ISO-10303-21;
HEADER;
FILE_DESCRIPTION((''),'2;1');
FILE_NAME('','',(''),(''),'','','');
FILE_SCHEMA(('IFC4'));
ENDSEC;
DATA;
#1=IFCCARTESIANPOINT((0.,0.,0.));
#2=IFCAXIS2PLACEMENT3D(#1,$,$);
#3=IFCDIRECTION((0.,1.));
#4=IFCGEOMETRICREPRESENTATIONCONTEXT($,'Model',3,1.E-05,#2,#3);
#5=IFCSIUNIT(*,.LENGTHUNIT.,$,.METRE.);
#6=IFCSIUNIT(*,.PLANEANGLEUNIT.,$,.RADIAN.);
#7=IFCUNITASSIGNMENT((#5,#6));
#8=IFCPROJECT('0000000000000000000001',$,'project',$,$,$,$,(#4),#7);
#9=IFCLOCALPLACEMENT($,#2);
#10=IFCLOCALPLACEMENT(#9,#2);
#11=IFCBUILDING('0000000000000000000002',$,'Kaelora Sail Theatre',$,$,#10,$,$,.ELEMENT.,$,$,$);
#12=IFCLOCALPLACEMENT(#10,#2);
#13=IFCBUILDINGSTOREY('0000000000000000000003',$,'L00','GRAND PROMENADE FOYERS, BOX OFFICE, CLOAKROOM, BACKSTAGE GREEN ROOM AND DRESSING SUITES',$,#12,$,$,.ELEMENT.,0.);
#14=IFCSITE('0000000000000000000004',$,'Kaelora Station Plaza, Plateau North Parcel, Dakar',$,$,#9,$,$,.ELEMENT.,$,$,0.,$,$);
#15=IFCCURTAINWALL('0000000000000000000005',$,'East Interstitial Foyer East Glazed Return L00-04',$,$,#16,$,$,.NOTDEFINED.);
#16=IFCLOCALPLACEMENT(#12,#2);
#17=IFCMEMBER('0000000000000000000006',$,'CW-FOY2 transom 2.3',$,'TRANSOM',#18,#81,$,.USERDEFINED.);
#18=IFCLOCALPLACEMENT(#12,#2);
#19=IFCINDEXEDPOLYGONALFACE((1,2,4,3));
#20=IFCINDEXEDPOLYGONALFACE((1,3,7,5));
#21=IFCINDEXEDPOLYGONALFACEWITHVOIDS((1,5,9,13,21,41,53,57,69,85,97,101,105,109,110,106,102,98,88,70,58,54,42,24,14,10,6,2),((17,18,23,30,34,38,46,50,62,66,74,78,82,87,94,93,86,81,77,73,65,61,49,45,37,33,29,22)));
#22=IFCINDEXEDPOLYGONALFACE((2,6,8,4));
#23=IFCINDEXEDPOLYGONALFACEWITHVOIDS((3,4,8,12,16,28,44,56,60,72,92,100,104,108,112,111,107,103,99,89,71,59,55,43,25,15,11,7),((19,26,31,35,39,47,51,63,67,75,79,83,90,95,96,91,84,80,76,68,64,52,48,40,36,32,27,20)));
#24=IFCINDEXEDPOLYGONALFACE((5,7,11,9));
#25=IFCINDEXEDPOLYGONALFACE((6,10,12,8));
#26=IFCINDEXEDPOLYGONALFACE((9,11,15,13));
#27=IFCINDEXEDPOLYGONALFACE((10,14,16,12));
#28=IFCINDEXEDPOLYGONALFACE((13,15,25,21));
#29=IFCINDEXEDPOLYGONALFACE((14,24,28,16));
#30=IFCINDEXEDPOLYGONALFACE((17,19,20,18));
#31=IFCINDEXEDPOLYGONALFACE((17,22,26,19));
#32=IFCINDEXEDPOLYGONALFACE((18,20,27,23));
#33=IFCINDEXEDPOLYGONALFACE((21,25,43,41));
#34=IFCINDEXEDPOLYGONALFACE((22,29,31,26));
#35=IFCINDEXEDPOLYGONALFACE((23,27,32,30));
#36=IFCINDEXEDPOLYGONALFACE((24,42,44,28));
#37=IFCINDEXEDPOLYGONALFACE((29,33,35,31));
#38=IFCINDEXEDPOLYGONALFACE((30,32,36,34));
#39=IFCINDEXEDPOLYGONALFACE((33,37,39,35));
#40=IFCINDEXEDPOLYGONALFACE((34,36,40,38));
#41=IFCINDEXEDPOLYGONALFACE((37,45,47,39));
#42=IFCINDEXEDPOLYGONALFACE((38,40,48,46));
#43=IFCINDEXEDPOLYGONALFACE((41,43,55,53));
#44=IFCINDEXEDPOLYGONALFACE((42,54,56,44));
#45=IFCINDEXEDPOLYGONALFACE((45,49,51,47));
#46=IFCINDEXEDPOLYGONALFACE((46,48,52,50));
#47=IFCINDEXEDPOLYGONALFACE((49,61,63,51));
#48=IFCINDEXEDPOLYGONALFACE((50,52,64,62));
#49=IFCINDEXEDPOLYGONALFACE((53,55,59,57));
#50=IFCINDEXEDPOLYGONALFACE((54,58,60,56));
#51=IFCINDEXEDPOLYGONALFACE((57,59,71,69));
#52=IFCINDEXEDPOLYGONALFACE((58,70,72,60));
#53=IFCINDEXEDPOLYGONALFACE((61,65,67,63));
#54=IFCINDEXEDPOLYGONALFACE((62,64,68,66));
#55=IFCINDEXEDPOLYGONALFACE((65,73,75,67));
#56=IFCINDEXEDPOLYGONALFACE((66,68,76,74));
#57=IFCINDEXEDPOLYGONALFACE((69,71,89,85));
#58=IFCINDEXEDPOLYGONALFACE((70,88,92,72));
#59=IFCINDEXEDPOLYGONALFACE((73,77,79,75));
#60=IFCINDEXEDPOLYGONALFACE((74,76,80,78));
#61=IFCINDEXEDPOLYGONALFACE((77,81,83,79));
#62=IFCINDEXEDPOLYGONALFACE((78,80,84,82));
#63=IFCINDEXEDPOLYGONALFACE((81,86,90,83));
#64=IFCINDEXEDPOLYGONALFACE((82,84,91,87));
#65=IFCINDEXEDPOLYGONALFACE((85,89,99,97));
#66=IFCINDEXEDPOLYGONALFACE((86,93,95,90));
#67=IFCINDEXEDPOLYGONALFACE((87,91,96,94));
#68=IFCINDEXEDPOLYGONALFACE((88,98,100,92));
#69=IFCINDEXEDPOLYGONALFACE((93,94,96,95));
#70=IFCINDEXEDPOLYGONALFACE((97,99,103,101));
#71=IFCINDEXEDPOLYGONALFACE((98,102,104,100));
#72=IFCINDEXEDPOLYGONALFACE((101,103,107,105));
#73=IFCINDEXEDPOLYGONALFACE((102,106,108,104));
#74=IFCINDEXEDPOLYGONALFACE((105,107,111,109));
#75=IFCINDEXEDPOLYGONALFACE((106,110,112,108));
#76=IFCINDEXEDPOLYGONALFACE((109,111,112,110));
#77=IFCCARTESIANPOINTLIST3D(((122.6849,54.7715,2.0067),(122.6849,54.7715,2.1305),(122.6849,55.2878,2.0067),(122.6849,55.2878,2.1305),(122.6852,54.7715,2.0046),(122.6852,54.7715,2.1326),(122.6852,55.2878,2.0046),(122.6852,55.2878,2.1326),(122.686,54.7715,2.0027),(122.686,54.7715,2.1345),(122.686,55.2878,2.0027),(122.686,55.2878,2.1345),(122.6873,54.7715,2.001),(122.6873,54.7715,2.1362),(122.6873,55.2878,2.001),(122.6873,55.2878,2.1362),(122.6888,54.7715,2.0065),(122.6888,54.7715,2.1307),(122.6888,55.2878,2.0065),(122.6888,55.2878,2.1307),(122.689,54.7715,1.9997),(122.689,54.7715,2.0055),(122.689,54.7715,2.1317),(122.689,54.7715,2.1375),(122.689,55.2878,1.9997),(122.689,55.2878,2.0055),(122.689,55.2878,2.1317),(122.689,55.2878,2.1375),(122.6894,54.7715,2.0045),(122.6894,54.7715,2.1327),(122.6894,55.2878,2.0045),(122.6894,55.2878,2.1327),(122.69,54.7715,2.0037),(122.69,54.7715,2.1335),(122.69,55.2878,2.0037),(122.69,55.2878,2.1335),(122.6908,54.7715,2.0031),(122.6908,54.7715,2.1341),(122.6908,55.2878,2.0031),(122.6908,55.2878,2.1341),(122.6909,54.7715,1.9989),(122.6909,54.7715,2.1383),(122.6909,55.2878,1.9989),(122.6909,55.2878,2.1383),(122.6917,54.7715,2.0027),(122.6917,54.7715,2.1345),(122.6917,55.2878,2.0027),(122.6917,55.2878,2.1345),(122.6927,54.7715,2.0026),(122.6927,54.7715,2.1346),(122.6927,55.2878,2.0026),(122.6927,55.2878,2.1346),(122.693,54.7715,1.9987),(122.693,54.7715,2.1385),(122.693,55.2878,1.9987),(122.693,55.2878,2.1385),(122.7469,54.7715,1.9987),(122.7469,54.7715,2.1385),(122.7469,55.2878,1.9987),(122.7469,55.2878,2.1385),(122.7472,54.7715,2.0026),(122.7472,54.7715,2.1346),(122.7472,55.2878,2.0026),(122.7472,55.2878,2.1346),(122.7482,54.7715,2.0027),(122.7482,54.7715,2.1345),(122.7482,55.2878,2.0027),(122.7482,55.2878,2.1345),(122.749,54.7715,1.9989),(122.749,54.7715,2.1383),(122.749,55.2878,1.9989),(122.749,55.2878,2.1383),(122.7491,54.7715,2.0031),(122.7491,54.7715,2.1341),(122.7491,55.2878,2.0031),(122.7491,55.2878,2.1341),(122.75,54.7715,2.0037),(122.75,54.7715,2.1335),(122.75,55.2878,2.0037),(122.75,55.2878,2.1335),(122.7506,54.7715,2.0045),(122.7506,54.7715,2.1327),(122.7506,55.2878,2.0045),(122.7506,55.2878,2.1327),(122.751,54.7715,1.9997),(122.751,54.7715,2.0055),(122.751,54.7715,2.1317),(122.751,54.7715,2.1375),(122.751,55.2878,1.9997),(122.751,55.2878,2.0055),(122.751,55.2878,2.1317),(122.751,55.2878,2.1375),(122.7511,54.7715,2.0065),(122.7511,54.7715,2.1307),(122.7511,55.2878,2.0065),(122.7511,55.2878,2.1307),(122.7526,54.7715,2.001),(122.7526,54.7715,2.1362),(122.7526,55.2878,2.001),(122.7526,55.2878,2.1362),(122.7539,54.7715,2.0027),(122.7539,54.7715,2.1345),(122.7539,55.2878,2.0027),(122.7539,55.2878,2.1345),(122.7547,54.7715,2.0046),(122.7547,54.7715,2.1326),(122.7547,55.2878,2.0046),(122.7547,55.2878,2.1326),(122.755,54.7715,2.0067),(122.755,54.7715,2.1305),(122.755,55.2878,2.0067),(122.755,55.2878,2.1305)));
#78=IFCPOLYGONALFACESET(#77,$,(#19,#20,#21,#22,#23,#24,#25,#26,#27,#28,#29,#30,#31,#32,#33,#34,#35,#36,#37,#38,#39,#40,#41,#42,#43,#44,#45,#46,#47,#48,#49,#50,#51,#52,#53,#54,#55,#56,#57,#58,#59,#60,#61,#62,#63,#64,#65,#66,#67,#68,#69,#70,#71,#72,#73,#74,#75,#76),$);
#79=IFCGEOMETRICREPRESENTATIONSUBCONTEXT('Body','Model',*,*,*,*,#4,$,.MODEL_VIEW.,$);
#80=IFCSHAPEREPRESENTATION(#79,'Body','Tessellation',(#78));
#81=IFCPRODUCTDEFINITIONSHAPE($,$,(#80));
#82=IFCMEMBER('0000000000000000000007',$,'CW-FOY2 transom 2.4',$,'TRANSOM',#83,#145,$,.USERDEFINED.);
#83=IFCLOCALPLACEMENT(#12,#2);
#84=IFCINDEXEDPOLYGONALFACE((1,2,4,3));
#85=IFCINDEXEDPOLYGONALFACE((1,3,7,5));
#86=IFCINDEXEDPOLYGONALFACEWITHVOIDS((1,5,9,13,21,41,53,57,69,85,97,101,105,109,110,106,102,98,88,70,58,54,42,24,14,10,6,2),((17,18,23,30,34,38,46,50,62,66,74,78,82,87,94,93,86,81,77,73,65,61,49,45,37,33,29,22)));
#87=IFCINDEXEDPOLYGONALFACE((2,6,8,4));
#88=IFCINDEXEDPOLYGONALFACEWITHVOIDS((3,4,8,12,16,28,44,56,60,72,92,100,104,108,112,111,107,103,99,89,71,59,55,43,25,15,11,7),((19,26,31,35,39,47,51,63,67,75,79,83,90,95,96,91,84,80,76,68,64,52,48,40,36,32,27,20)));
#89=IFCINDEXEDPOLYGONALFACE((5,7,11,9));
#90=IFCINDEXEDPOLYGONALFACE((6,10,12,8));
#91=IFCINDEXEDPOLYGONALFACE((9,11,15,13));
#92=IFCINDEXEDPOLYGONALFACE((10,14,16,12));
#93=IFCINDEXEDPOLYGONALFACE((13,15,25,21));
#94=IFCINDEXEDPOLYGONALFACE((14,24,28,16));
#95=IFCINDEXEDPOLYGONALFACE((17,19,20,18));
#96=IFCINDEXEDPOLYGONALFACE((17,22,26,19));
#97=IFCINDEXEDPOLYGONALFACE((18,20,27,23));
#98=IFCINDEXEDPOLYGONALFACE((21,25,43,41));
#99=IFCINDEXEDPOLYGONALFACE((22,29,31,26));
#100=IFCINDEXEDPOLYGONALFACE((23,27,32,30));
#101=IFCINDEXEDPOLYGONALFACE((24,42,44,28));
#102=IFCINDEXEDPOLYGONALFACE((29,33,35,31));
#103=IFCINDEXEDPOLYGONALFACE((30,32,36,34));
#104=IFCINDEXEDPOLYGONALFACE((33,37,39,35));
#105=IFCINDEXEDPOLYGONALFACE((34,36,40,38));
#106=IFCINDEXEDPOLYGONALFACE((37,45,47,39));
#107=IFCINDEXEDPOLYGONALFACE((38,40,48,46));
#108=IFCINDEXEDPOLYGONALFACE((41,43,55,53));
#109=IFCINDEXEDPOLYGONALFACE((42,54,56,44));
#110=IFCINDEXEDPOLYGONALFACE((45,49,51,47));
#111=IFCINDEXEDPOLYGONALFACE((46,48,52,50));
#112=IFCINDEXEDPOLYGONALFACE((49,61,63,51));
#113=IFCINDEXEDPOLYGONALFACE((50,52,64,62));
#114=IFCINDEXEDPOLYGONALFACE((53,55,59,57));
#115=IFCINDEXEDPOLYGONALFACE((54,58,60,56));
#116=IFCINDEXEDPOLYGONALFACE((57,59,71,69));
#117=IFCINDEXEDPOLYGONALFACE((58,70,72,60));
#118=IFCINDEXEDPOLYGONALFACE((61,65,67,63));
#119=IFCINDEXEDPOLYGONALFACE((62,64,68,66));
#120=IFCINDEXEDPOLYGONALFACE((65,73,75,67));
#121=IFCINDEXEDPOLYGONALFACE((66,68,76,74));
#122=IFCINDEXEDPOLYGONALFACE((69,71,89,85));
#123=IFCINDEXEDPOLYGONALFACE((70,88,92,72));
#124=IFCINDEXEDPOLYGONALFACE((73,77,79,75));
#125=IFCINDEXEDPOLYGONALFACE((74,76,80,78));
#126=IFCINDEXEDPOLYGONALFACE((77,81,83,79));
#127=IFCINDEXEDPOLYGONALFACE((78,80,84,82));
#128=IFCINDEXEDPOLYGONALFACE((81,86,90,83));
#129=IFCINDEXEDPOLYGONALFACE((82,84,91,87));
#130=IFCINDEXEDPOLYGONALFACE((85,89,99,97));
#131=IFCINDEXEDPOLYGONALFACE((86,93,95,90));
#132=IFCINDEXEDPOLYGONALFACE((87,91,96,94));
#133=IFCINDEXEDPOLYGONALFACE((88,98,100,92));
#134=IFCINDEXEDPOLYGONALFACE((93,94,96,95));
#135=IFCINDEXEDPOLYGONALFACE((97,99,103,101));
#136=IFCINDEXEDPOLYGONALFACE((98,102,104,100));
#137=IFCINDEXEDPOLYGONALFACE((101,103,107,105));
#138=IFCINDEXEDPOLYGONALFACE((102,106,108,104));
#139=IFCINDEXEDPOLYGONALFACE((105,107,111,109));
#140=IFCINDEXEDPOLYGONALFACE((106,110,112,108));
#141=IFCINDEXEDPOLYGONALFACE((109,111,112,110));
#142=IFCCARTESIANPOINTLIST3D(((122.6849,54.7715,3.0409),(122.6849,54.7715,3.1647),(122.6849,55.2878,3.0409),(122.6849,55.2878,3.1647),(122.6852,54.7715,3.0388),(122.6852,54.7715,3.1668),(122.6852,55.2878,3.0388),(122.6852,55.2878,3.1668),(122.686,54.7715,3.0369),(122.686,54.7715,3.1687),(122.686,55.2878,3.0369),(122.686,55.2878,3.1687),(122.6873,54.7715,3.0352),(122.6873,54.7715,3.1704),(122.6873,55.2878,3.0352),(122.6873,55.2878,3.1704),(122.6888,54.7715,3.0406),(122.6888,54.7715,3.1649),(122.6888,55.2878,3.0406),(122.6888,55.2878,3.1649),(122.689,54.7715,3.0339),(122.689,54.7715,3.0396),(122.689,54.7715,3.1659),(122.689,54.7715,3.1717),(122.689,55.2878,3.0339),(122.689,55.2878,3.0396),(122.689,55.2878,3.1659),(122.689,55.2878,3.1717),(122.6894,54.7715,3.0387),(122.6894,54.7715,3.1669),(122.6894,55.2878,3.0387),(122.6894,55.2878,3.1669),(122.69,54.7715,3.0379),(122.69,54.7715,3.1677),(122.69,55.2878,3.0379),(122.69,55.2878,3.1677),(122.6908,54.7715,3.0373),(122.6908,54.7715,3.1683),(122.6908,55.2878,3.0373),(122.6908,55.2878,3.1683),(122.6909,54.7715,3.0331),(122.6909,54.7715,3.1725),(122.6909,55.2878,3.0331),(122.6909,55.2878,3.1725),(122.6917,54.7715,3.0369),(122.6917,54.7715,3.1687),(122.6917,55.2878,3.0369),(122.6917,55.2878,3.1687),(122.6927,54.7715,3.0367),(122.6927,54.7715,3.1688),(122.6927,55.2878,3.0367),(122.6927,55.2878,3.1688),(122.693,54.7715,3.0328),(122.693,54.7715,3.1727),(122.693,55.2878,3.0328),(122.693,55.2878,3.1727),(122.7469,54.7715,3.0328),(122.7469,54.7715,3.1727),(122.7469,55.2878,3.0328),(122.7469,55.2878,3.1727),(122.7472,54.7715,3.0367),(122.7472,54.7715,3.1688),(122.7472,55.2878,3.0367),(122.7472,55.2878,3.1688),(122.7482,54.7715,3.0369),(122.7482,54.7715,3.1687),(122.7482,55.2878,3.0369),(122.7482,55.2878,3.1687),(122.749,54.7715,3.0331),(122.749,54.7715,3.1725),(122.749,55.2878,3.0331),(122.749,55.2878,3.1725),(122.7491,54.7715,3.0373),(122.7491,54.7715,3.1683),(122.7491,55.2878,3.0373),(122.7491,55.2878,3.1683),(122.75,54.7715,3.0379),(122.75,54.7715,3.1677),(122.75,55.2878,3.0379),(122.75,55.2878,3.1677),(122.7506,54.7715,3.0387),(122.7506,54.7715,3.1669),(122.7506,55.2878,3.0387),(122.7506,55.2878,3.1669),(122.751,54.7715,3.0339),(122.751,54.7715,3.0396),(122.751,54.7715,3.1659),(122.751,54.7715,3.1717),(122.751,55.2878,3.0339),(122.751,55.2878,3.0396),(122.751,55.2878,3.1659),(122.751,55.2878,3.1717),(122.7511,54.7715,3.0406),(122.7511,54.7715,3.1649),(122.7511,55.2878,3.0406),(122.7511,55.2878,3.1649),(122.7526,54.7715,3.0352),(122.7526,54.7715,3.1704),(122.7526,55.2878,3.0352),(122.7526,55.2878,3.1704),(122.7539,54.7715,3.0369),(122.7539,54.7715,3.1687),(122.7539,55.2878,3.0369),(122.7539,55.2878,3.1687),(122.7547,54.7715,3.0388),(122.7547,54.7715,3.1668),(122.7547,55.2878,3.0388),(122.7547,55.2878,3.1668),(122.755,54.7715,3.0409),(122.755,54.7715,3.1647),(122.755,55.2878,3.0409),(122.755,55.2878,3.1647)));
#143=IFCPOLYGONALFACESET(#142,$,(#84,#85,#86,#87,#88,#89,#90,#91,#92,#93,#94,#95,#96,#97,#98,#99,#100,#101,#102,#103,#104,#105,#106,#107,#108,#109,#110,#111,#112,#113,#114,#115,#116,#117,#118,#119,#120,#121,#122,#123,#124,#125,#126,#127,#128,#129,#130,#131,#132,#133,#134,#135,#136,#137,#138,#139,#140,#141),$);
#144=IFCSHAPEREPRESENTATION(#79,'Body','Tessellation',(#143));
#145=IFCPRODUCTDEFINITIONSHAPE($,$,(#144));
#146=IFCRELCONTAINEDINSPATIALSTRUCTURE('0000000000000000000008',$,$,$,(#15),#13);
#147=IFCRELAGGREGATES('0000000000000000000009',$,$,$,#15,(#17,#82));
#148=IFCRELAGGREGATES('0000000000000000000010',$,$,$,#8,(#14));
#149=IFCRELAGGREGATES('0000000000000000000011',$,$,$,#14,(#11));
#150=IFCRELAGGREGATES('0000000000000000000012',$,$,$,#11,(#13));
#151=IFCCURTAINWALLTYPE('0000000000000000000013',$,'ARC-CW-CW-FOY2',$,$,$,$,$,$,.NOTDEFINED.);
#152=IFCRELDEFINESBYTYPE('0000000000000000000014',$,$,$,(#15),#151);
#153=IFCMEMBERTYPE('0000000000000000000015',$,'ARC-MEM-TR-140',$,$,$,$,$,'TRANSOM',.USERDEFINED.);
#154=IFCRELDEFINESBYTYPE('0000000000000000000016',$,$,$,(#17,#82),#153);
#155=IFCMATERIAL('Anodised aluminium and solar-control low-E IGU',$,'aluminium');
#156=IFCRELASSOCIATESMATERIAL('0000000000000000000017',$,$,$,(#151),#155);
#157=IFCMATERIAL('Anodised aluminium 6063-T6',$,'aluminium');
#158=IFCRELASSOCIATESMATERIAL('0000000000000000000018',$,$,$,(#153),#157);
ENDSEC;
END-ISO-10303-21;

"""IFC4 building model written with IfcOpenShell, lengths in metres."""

from ifc_helpers import new_model, si_unit, direction, frame, origin, origin_2d, place, context, subcontext, project, spatial, hollow_rectangle, extrude, material, material_profile, profile_set, type_object, element, aggregate, save


model = new_model("IFC4")

# Units and contexts
model_context = context("Model", 3, precision=1e-05, world=origin(), true_north=direction((0.0, 1.0)))
body_context = subcontext(model_context, "Body", "Model", "MODEL_VIEW")
ifc_project = project(units=[si_unit("LENGTHUNIT", "METRE"), si_unit("PLANEANGLEUNIT", "RADIAN")], contexts=[model_context])

# Site, building, storey
site_placement = place(None, origin())
site = spatial("IfcSite", under=ifc_project, at=site_placement, Name="Kaelora Station Plaza, Plateau North Parcel, Dakar", CompositionType="ELEMENT", RefElevation=0.0)
building_placement = place(site_placement, origin())
building = spatial("IfcBuilding", under=site, at=building_placement, Name="Kaelora Sail Theatre", CompositionType="ELEMENT")
storey_placement = place(building_placement, origin())
storey = spatial("IfcBuildingStorey", under=building, at=storey_placement, Name="L00", Description="GRAND PROMENADE FOYERS, BOX OFFICE, CLOAKROOM, BACKSTAGE GREEN ROOM AND DRESSING SUITES", CompositionType="ELEMENT", Elevation=0.0)

# Curtain wall, members
ifc_material_1 = material(Name="Anodised aluminium and solar-control low-E IGU", Category="aluminium")
curtain_wall_type = type_object("IfcCurtainWallType", Name="ARC-CW-CW-FOY2", PredefinedType="NOTDEFINED", material=ifc_material_1)
curtain_wall_placement = place(storey_placement, origin())
curtain_wall = element("IfcCurtainWall", 1, at=curtain_wall_placement, inside=storey, type_object=curtain_wall_type, Name="East Interstitial Foyer East Glazed Return L00-04", PredefinedType="NOTDEFINED")
ifc_material_2 = material(Name="Anodised aluminium 6063-T6", Category="aluminium")
ifc_material_profile = material_profile(ifc_material_2, hollow_rectangle(XDim=0.0701, YDim=0.1399, WallThickness=0.0039, InnerFilletRadius=0.0039, OuterFilletRadius=0.0081, at=origin_2d()), Name="ALU-TRAN 70x140x4")
ifc_profile_set = profile_set([ifc_material_profile], Name="Anodised aluminium 6063-T6")
member_type = type_object("IfcMemberType", Name="ARC-MEM-TR-140", ElementType="TRANSOM", PredefinedType="USERDEFINED", material=ifc_profile_set)
member_1_placement = place(storey_placement, frame((122.72, 54.7715, 2.0686), z_axis=(0.0, 1.0, 0.0), x_axis=(-1.0, 0.0, 0.0)))
member_1 = element("IfcMember", 2, at=member_1_placement, type_object=member_type, Name="CW-FOY2 transom 2.3", ObjectType="TRANSOM", PredefinedType="USERDEFINED", context=body_context, shape_type="SweptSolid", body=[
    extrude(hollow_rectangle(XDim=0.0701, YDim=0.1399, WallThickness=0.0039, InnerFilletRadius=0.0039, OuterFilletRadius=0.0081, at=origin_2d()), origin(), (0.0, 0.0, 1.0), 0.5164),
])
member_2_placement = place(storey_placement, frame((122.72, 54.7715, 3.1028), z_axis=(0.0, 1.0, 0.0), x_axis=(-1.0, 0.0, 0.0)))
member_2 = element("IfcMember", 3, at=member_2_placement, type_object=member_type, Name="CW-FOY2 transom 2.4", ObjectType="TRANSOM", PredefinedType="USERDEFINED", context=body_context, shape_type="SweptSolid", body=[
    extrude(hollow_rectangle(XDim=0.0701, YDim=0.1399, WallThickness=0.0039, InnerFilletRadius=0.0039, OuterFilletRadius=0.0081, at=origin_2d()), origin(), (0.0, 0.0, 1.0), 0.5164),
])
aggregate(curtain_wall, [member_1, member_2])

save(model, "model.ifc")
